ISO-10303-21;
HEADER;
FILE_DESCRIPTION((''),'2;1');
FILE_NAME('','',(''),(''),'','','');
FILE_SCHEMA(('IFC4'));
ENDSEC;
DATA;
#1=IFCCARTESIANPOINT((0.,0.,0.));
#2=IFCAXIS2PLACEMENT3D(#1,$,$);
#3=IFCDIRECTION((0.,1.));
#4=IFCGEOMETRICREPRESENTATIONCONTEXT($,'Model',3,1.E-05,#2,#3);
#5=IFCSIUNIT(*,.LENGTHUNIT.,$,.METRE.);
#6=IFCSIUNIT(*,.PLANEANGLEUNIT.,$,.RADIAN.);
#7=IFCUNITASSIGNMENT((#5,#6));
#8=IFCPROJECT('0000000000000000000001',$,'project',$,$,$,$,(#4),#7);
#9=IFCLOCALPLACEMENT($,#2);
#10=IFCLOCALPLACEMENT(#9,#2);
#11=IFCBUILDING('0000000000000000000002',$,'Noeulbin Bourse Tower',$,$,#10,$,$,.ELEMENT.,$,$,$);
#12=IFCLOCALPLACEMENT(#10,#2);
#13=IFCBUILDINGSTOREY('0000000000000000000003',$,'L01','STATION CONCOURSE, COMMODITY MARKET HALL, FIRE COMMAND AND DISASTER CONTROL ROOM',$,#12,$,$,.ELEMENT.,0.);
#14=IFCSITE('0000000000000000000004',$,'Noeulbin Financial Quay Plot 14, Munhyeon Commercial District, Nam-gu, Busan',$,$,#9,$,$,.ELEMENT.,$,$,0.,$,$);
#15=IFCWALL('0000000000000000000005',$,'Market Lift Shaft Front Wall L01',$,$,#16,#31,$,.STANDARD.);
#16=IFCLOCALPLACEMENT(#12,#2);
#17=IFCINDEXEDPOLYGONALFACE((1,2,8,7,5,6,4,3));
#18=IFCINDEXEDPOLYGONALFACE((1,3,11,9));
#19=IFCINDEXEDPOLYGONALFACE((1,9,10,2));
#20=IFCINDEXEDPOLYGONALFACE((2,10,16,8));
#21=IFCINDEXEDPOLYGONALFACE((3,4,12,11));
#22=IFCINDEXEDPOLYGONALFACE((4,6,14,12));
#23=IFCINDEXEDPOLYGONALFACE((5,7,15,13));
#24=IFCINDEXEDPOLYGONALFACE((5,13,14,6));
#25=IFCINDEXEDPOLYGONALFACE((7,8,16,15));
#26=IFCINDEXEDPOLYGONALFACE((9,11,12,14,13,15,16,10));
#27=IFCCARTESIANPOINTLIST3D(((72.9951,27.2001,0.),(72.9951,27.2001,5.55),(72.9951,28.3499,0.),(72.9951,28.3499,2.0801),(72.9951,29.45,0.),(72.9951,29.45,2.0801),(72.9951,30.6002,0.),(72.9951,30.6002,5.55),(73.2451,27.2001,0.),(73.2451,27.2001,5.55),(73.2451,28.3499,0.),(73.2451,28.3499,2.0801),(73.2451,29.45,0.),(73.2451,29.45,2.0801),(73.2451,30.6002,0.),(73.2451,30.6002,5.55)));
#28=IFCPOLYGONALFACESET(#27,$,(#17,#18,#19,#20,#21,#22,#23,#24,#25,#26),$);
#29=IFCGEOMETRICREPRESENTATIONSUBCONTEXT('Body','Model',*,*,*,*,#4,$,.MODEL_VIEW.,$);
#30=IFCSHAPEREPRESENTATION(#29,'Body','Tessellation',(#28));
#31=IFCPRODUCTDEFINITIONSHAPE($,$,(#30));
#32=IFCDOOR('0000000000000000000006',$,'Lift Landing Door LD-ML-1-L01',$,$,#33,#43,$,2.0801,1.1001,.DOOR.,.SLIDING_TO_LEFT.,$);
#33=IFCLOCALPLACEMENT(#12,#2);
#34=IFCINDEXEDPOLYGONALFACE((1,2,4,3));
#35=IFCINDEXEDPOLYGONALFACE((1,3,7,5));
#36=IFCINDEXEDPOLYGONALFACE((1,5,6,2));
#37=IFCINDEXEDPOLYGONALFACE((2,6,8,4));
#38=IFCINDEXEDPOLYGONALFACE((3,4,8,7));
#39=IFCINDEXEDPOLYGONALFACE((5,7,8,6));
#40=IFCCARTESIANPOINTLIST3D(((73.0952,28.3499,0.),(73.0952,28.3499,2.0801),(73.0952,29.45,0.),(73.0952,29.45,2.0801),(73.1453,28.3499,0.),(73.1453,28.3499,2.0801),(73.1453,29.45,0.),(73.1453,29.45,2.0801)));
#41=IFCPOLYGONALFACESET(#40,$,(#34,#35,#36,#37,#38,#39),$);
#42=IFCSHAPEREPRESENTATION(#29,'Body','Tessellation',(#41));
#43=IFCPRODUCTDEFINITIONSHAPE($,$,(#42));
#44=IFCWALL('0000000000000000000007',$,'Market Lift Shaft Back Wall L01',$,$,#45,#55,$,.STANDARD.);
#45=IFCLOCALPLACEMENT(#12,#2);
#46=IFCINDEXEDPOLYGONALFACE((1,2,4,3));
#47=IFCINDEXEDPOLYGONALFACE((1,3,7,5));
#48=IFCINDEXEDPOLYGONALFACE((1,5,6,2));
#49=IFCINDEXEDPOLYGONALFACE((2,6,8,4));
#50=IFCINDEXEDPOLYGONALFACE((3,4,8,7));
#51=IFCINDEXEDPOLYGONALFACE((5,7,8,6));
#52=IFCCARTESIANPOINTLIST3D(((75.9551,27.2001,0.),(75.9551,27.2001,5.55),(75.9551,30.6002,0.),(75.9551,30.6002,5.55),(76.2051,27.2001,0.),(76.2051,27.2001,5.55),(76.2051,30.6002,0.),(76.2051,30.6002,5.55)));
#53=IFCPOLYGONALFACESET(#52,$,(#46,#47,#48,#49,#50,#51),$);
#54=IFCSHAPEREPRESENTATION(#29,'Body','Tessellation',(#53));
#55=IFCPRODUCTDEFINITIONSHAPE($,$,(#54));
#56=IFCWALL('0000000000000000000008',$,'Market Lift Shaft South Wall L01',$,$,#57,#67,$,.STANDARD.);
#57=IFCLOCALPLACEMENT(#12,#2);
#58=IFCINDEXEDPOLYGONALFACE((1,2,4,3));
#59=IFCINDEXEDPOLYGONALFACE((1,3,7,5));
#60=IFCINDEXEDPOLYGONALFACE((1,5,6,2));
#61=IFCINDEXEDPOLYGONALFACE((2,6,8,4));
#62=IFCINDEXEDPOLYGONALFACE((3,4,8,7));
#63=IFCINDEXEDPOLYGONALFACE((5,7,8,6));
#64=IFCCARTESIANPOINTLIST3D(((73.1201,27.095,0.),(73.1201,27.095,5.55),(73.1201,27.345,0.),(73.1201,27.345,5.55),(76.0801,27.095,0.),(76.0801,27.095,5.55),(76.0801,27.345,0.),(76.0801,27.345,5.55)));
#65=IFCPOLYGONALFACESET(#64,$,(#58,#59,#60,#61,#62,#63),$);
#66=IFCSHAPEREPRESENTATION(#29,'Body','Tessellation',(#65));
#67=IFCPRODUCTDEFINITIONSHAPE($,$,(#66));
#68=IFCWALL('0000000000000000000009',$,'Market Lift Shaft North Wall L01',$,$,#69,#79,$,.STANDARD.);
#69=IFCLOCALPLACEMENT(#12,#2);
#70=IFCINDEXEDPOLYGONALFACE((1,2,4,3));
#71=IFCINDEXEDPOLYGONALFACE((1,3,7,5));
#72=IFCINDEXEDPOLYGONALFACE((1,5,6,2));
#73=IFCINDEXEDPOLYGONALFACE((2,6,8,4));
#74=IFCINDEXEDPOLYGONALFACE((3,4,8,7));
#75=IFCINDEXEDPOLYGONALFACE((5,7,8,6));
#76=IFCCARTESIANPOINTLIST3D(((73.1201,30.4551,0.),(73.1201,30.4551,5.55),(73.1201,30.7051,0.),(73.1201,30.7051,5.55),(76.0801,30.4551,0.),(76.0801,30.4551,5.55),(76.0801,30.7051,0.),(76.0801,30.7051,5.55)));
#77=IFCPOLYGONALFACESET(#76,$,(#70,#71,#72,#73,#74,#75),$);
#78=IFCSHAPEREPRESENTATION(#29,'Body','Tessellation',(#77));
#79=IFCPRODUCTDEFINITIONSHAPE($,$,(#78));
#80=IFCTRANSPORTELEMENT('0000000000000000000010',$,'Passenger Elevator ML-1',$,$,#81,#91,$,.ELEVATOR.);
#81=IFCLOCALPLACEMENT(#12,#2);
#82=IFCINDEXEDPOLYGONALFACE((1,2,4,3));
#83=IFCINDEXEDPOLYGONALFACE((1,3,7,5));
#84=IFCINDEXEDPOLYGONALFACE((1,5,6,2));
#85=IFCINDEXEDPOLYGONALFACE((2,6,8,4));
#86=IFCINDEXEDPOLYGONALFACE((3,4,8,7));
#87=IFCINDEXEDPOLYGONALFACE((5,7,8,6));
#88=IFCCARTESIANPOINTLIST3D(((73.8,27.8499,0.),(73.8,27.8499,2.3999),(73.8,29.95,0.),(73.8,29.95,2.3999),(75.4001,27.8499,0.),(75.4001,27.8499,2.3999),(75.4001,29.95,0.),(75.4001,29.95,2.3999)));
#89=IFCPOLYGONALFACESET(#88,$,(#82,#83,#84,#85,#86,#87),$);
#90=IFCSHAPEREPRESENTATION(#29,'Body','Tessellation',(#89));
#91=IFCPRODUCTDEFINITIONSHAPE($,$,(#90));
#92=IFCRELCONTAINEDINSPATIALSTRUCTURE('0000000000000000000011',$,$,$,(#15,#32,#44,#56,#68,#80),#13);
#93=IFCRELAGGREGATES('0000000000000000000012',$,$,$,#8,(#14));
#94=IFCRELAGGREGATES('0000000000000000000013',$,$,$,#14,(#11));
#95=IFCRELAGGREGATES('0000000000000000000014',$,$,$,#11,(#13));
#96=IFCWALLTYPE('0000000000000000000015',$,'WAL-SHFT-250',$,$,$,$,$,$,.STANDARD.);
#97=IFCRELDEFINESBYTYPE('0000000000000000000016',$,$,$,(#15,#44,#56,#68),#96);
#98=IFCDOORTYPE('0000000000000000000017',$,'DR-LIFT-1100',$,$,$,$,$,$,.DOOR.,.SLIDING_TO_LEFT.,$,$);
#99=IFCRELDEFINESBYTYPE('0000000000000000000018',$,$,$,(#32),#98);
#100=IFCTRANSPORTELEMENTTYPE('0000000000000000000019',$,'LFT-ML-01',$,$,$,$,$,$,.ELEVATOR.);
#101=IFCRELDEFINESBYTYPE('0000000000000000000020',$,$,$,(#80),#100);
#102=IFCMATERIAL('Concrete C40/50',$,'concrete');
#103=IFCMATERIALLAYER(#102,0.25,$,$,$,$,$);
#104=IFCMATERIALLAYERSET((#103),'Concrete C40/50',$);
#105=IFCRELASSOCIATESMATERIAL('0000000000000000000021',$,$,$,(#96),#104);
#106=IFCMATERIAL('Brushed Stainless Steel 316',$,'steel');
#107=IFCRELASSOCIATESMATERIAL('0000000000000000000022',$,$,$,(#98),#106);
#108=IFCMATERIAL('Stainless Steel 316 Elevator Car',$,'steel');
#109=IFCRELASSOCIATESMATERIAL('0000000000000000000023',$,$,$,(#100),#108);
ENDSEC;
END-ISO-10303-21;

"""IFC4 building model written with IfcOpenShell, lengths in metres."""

from ifc_helpers import new_model, si_unit, direction, frame, frame_2d, origin, origin_2d, place, context, subcontext, project, spatial, rectangle, extrude, material, layer, layer_set, type_object, element, fill, save


model = new_model("IFC4")

# Units and contexts
model_context = context("Model", 3, precision=1e-05, world=origin(), true_north=direction((0.0, 1.0)))
body_context = subcontext(model_context, "Body", "Model", "MODEL_VIEW")
ifc_project = project(units=[si_unit("LENGTHUNIT", "METRE"), si_unit("PLANEANGLEUNIT", "RADIAN")], contexts=[model_context])

# Site, building, storey
site_placement = place(None, origin())
site = spatial("IfcSite", under=ifc_project, at=site_placement, Name="Noeulbin Financial Quay Plot 14, Munhyeon Commercial District, Nam-gu, Busan", CompositionType="ELEMENT", RefElevation=0.0)
building_placement = place(site_placement, origin())
building = spatial("IfcBuilding", under=site, at=building_placement, Name="Noeulbin Bourse Tower", CompositionType="ELEMENT")
storey_placement = place(building_placement, origin())
storey = spatial("IfcBuildingStorey", under=building, at=storey_placement, Name="L01", Description="STATION CONCOURSE, COMMODITY MARKET HALL, FIRE COMMAND AND DISASTER CONTROL ROOM", CompositionType="ELEMENT", Elevation=0.0)

# Wall, opening, door
ifc_material_1 = material(Name="Concrete C40/50", Category="concrete")
ifc_layer_1 = layer(ifc_material_1, 0.25)
ifc_layer_set_1 = layer_set([ifc_layer_1], Name="Concrete C40/50")
wall_type = type_object("IfcWallType", Name="WAL-SHFT-250", PredefinedType="STANDARD", material=ifc_layer_set_1)
wall_1_placement = place(storey_placement, frame((73.1201, 27.2, 0.0), z_axis=(0.0, 0.0, 1.0), x_axis=(0.0, 1.0, 0.0)))
wall_1 = element("IfcWall", 1, at=wall_1_placement, inside=storey, type_object=wall_type, Name="Market Lift Shaft Front Wall L01", PredefinedType="STANDARD", context=body_context, shape_type="SweptSolid", body=[
    extrude(rectangle(XDim=3.4001, YDim=0.25, at=frame_2d((1.7002, 0.0))), origin(), (0.0, 0.0, 1.0), 5.55),
])
opening_placement = place(wall_1_placement, frame((1.1499, 0.0, 0.0)))
opening = element("IfcOpeningElement", 2, at=opening_placement, cuts=wall_1, PredefinedType="OPENING", context=body_context, shape_type="SweptSolid", body=[
    extrude(rectangle(XDim=1.1001, YDim=2.0801, at=frame_2d((0.55, 1.04))), frame((0.0, 0.135, 0.0), z_axis=(0.0, -1.0, 0.0), x_axis=(1.0, 0.0, 0.0)), (0.0, 0.0, 1.0), 0.27),
])
ifc_material_2 = material(Name="Brushed Stainless Steel 316", Category="steel")
door_type = type_object("IfcDoorType", Name="DR-LIFT-1100", OperationType="SLIDING_TO_LEFT", PredefinedType="DOOR", material=ifc_material_2)
door_placement = place(opening_placement, origin())
door = element("IfcDoor", 3, at=door_placement, inside=storey, type_object=door_type, Name="Lift Landing Door LD-ML-1-L01", OperationType="SLIDING_TO_LEFT", OverallHeight=2.0801, OverallWidth=1.1001, PredefinedType="DOOR", context=body_context, shape_type="SweptSolid", body=[
    extrude(rectangle(XDim=1.1001, YDim=2.0801, at=frame_2d((0.55, 1.04))), frame((0.0, 0.0249, 0.0), z_axis=(0.0, -1.0, 0.0), x_axis=(1.0, 0.0, 0.0)), (0.0, 0.0, 1.0), 0.05),
])
fill(opening, door)

# Walls
wall_2_placement = place(storey_placement, frame((76.0801, 27.2, 0.0), z_axis=(0.0, 0.0, 1.0), x_axis=(0.0, 1.0, 0.0)))
element("IfcWall", 4, at=wall_2_placement, inside=storey, type_object=wall_type, Name="Market Lift Shaft Back Wall L01", PredefinedType="STANDARD", context=body_context, shape_type="SweptSolid", body=[
    extrude(rectangle(XDim=3.4001, YDim=0.25, at=frame_2d((1.7002, 0.0))), origin(), (0.0, 0.0, 1.0), 5.55),
])
for number, where, z_axis, x_axis, name in (
    (5, (73.1201, 27.22, 0.0), (0.0, 0.0, 1.0), (1.0, 0.0, 0.0), "Market Lift Shaft South Wall L01"),
    (6, (73.1201, 30.5801, 0.0), (0.0, 0.0, 1.0), (1.0, 0.0, 0.0), "Market Lift Shaft North Wall L01"),
):
    element("IfcWall", number, at=place(storey_placement, frame(where, z_axis=z_axis, x_axis=x_axis)), inside=storey, type_object=wall_type, Name=name, PredefinedType="STANDARD", context=body_context, shape_type="SweptSolid", body=[
        extrude(rectangle(XDim=2.96, YDim=0.25, at=frame_2d((1.48, 0.0))), origin(), (0.0, 0.0, 1.0), 5.55),
    ])

# Transport element
ifc_material_3 = material(Name="Stainless Steel 316 Elevator Car", Category="steel")
transport_element_type = type_object("IfcTransportElementType", Name="LFT-ML-01", PredefinedType="ELEVATOR", material=ifc_material_3)
transport_element_placement = place(storey_placement, frame((74.6001, 28.8999, 0.0), z_axis=(0.0, 0.0, 1.0), x_axis=(1.0, 0.0, 0.0)))
element("IfcTransportElement", 7, at=transport_element_placement, inside=storey, type_object=transport_element_type, Name="Passenger Elevator ML-1", PredefinedType="ELEVATOR", context=body_context, shape_type="SweptSolid", body=[
    extrude(rectangle(XDim=1.6001, YDim=2.1001, at=origin_2d()), origin(), (0.0, 0.0, 1.0), 2.3999),
])

save(model, "model.ifc")
